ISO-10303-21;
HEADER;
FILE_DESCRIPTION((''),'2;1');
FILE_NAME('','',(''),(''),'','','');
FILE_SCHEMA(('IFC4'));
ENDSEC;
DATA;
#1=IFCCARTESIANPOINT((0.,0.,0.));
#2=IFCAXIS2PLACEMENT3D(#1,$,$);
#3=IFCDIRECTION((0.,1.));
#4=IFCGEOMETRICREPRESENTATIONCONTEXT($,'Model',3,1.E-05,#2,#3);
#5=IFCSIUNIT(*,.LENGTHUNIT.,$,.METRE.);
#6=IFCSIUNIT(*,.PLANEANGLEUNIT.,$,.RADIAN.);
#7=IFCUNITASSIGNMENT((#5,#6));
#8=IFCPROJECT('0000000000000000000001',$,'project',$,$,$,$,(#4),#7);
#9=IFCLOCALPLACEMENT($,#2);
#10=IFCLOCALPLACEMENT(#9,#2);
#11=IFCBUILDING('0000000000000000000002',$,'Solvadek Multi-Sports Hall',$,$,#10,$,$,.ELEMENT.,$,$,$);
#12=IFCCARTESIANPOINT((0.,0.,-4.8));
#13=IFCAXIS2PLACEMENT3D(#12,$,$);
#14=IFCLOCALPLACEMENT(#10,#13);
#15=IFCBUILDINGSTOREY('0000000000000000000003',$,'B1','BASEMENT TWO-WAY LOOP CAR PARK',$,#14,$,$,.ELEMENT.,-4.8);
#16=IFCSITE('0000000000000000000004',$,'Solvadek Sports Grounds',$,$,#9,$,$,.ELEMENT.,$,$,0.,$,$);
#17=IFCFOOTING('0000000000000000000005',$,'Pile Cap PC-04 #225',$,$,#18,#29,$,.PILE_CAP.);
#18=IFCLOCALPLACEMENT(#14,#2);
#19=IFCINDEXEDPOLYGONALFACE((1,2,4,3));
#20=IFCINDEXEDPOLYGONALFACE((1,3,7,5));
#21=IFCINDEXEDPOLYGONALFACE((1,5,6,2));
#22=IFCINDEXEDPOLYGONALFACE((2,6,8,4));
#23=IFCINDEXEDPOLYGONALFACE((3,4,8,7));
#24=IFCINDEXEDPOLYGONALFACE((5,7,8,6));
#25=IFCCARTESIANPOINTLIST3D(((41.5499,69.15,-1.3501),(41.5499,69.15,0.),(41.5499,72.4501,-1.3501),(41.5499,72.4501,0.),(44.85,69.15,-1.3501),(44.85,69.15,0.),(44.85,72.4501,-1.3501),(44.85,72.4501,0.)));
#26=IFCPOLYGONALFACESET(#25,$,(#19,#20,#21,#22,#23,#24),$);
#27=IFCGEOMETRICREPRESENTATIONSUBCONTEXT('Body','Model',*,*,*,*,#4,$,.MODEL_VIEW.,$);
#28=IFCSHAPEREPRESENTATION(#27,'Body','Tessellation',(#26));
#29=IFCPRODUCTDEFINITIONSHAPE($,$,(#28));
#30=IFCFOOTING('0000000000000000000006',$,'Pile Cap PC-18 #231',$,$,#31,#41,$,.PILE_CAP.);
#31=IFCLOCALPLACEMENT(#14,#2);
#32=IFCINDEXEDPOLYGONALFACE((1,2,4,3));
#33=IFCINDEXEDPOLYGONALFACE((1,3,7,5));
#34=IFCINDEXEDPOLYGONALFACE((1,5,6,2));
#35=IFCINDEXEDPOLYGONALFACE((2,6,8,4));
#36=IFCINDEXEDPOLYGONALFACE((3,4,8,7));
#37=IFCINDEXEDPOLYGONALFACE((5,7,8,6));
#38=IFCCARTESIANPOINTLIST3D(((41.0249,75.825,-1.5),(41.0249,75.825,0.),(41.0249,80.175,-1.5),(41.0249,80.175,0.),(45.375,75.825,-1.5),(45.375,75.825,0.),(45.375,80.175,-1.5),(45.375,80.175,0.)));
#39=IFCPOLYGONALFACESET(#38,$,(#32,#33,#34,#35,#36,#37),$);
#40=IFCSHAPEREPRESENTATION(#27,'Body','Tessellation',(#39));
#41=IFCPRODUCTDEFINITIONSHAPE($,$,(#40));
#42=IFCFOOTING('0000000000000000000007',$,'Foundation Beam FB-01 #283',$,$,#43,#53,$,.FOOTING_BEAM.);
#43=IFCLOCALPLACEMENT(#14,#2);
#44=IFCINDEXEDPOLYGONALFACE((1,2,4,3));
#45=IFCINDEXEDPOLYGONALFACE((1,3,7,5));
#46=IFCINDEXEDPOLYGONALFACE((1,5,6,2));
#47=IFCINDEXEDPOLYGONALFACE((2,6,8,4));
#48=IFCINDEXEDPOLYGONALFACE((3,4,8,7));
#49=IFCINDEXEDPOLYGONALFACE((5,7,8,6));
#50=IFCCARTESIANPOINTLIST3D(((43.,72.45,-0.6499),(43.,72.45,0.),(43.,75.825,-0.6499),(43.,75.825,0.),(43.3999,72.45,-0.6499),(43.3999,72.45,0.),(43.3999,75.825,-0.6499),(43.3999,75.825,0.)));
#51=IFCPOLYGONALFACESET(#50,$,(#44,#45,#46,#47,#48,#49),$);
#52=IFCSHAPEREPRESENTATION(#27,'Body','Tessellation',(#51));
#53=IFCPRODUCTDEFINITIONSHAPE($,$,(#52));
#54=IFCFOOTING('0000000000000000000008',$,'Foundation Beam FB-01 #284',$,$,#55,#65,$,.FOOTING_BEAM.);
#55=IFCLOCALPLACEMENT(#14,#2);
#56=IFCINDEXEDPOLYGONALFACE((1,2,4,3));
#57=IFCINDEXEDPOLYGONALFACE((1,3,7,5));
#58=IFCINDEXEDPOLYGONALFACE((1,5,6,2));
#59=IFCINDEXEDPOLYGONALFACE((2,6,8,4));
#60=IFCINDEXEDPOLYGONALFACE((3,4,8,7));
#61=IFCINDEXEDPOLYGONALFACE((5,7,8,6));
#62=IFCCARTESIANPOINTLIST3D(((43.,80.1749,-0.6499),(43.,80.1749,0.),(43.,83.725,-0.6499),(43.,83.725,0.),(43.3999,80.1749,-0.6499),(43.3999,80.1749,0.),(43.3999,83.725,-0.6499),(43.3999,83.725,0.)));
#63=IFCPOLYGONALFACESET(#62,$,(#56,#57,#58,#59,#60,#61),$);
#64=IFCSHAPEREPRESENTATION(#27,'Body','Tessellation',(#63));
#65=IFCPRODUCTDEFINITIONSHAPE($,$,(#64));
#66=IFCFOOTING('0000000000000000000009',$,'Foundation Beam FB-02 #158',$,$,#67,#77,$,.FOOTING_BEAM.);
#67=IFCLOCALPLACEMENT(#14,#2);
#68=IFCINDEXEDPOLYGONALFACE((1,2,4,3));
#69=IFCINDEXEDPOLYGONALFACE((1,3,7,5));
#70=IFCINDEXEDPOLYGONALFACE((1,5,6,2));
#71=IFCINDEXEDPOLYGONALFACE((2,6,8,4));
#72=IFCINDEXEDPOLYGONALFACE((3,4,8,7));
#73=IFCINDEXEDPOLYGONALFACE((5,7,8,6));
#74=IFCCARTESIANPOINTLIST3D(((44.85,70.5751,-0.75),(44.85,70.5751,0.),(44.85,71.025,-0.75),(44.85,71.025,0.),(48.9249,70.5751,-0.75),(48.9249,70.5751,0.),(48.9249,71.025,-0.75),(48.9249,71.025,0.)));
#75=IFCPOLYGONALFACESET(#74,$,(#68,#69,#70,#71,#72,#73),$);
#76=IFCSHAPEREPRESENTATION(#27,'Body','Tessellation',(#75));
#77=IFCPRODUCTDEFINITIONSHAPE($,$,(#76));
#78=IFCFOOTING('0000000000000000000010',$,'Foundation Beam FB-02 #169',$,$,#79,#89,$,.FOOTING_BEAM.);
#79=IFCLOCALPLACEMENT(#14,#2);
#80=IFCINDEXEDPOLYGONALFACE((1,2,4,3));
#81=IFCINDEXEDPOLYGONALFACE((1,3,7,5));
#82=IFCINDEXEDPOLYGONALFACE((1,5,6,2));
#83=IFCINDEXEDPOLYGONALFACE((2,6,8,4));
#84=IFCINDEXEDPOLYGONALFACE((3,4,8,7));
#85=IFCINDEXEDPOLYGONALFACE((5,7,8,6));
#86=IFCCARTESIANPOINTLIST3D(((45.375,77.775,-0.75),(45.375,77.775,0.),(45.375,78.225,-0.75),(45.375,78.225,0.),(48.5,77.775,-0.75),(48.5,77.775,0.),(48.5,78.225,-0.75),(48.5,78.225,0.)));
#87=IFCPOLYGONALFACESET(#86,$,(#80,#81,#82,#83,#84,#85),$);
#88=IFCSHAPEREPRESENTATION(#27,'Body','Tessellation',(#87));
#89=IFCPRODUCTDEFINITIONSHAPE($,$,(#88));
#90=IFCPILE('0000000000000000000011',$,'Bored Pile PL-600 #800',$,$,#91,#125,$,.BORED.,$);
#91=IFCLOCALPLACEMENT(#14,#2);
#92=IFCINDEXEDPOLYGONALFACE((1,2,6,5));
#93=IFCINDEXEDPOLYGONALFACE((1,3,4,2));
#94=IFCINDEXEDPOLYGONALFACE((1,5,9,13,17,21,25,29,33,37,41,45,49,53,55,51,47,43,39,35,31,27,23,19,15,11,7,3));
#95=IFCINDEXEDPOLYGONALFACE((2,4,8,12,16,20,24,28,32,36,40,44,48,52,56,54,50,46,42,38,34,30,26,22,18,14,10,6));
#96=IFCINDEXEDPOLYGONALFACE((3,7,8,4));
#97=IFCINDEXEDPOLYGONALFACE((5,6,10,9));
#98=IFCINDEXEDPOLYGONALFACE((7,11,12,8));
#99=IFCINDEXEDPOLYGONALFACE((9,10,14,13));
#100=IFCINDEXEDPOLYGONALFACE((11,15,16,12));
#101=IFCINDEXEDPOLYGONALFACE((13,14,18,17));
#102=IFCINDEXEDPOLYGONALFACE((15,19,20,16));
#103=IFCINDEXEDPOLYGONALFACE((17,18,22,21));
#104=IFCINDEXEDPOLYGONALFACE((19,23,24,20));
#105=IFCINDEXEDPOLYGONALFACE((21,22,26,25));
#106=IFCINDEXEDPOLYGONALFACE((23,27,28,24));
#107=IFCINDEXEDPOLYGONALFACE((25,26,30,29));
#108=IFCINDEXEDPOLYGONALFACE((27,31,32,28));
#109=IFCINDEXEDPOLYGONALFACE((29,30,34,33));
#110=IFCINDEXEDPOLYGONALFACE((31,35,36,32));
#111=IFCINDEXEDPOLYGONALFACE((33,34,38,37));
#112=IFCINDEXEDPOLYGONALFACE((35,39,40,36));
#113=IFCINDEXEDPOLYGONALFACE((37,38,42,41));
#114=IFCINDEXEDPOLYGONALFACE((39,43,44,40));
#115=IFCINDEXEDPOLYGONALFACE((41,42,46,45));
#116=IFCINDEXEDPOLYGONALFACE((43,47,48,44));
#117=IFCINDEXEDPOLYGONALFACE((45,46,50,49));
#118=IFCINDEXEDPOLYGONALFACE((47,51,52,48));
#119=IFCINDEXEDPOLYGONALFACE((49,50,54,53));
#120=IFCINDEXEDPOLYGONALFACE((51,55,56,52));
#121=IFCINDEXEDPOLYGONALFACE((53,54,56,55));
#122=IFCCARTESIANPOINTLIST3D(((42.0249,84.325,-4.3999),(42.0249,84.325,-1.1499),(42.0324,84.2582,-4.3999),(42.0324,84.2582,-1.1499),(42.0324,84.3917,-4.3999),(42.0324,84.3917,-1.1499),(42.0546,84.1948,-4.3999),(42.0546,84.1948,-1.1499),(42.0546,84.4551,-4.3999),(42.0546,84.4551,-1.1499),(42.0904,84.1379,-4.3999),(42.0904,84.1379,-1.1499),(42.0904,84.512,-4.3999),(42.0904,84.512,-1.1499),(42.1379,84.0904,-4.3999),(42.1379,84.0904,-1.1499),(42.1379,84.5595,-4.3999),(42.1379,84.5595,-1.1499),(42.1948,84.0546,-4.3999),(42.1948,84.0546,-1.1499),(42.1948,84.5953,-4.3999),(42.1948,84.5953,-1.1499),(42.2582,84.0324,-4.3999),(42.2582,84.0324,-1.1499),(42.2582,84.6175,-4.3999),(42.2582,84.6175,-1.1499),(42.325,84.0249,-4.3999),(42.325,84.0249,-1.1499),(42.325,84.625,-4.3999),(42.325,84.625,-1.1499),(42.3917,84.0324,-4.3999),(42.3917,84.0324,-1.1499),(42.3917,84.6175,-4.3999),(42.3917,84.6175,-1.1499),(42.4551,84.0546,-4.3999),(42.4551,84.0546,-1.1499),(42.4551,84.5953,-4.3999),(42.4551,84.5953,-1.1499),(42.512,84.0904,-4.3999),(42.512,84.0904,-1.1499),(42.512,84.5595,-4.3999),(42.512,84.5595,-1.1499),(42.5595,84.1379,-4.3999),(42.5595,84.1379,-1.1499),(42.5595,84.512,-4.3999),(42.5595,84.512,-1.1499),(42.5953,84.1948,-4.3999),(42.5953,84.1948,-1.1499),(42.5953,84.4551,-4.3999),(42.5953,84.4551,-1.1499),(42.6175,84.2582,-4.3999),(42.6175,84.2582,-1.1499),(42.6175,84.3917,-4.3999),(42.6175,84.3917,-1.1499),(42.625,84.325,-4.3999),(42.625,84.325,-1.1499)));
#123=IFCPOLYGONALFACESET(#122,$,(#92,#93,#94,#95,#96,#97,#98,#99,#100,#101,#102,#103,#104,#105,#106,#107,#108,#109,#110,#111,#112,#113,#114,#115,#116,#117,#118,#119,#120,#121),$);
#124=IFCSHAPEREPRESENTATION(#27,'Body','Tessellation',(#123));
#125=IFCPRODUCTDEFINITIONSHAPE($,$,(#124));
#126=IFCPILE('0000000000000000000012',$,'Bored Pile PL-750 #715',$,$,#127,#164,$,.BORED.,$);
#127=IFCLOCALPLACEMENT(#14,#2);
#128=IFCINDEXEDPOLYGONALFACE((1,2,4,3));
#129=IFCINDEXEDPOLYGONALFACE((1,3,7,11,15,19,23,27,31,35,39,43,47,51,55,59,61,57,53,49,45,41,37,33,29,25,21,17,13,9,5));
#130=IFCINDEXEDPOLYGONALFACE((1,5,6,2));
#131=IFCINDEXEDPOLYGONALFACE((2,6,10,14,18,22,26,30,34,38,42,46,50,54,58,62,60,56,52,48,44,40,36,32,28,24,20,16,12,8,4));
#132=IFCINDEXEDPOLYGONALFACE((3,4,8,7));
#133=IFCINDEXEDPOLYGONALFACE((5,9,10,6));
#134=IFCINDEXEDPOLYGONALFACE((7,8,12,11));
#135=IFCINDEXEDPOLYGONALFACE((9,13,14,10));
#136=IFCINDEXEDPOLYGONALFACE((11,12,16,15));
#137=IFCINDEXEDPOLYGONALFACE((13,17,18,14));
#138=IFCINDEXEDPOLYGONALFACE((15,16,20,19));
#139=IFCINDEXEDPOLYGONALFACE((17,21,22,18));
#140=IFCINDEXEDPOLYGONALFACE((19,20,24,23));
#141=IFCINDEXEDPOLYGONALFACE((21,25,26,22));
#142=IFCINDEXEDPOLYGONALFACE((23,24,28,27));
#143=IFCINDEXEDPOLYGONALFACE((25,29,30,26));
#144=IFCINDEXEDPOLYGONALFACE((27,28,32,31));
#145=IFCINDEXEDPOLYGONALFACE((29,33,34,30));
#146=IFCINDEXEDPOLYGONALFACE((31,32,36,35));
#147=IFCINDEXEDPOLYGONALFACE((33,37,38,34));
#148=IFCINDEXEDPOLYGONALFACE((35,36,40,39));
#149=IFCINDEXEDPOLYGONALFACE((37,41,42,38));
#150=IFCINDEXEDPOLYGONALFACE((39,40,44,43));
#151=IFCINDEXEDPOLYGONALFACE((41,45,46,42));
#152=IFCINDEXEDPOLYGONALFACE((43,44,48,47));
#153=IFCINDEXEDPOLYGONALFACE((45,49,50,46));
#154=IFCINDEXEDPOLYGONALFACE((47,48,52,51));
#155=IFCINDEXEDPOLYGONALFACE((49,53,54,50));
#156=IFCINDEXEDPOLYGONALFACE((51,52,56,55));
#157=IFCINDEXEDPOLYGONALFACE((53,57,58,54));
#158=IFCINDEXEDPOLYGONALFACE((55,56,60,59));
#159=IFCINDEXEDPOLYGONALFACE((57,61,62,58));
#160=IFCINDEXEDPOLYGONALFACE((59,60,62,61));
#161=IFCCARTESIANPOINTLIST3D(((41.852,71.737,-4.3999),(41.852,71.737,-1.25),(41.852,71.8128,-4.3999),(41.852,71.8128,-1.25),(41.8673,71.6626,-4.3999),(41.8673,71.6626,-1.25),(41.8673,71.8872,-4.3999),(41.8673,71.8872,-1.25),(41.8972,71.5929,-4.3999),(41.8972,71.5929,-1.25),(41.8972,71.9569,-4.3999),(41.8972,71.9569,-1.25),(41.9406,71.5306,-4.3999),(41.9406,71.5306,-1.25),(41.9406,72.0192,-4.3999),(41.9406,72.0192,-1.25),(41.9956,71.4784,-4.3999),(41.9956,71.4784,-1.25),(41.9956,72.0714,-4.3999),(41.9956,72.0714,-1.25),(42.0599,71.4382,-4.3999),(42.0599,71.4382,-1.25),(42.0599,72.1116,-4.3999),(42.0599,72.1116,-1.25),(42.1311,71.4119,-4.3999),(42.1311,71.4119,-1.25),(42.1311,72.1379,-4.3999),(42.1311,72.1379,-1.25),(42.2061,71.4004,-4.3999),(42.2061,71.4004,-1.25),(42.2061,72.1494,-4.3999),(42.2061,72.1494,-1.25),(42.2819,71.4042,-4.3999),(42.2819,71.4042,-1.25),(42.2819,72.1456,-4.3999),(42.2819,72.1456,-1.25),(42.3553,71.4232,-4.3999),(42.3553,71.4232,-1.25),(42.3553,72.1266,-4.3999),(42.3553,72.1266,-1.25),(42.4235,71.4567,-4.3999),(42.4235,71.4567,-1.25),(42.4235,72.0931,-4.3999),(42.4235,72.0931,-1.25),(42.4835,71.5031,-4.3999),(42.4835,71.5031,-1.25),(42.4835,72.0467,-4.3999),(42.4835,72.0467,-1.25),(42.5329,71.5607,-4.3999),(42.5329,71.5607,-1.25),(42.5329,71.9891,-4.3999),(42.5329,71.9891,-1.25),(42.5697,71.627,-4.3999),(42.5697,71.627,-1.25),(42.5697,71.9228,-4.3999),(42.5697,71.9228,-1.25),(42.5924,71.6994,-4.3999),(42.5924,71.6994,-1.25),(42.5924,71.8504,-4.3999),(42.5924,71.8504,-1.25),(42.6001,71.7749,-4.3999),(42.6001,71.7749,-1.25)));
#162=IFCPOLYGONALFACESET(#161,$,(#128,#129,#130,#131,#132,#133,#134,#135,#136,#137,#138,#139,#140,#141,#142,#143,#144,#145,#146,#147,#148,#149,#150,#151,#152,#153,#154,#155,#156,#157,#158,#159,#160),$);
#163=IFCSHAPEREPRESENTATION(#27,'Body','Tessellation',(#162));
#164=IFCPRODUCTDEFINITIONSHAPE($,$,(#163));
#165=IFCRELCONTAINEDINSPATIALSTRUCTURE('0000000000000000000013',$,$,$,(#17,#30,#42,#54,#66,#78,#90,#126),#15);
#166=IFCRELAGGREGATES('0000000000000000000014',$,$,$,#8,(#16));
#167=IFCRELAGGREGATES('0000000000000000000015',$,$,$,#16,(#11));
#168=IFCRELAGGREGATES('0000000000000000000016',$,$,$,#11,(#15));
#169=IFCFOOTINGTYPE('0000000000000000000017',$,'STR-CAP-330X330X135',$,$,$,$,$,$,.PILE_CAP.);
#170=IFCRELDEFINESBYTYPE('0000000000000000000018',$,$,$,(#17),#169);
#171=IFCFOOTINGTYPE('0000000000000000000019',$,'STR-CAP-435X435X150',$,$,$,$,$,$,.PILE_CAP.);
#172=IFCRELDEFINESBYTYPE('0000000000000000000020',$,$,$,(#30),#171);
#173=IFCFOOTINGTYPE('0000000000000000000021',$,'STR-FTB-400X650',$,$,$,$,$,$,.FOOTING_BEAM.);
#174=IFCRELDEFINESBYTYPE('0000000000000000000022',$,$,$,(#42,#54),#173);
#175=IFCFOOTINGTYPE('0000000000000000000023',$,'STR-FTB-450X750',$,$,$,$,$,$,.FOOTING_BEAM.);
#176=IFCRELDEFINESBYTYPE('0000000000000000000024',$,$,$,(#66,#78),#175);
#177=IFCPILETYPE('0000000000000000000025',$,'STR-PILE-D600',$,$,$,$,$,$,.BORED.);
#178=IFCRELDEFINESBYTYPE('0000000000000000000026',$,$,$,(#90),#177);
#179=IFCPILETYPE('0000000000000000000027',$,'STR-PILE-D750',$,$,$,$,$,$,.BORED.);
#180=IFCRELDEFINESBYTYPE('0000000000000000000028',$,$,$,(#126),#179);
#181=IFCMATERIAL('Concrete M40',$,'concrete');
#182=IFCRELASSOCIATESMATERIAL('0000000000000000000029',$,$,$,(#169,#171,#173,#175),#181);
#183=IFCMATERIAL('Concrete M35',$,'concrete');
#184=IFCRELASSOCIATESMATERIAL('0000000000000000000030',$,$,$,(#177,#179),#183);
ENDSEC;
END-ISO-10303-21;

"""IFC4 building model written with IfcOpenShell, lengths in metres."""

from ifc_helpers import new_model, si_unit, direction, frame, origin, origin_2d, place, context, subcontext, project, spatial, rectangle, circle, extrude, material, material_profile, profile_set, type_object, element, save


model = new_model("IFC4")

# Units and contexts
model_context = context("Model", 3, precision=1e-05, world=origin(), true_north=direction((0.0, 1.0)))
body_context = subcontext(model_context, "Body", "Model", "MODEL_VIEW")
ifc_project = project(units=[si_unit("LENGTHUNIT", "METRE"), si_unit("PLANEANGLEUNIT", "RADIAN")], contexts=[model_context])

# Site, building, storey
site_placement = place(None, origin())
site = spatial("IfcSite", under=ifc_project, at=site_placement, Name="Solvadek Sports Grounds", CompositionType="ELEMENT", RefElevation=0.0)
building_placement = place(site_placement, origin())
building = spatial("IfcBuilding", under=site, at=building_placement, Name="Solvadek Multi-Sports Hall", CompositionType="ELEMENT")
storey_placement = place(building_placement, frame((0.0, 0.0, -4.8)))
storey = spatial("IfcBuildingStorey", under=building, at=storey_placement, Name="B1", Description="BASEMENT TWO-WAY LOOP CAR PARK", CompositionType="ELEMENT", Elevation=-4.8)

# Footings
ifc_material_1 = material(Name="Concrete M40", Category="concrete")
footing_type_1 = type_object("IfcFootingType", Name="STR-CAP-330X330X135", PredefinedType="PILE_CAP", material=ifc_material_1)
footing_1_placement = place(storey_placement, frame((43.2, 70.8, -1.3501), z_axis=(0.0, 0.0, 1.0), x_axis=(1.0, 0.0, 0.0)))
element("IfcFooting", 1, at=footing_1_placement, inside=storey, type_object=footing_type_1, Name="Pile Cap PC-04 #225", PredefinedType="PILE_CAP", context=body_context, shape_type="SweptSolid", body=[
    extrude(rectangle(XDim=3.3, YDim=3.3, at=origin_2d()), origin(), (0.0, 0.0, 1.0), 1.3501),
])
footing_type_2 = type_object("IfcFootingType", Name="STR-CAP-435X435X150", PredefinedType="PILE_CAP", material=ifc_material_1)
footing_2_placement = place(storey_placement, frame((43.2, 78.0, -1.5), z_axis=(0.0, 0.0, 1.0), x_axis=(1.0, 0.0, 0.0)))
element("IfcFooting", 2, at=footing_2_placement, inside=storey, type_object=footing_type_2, Name="Pile Cap PC-18 #231", PredefinedType="PILE_CAP", context=body_context, shape_type="SweptSolid", body=[
    extrude(rectangle(XDim=4.3501, YDim=4.3501, at=origin_2d()), origin(), (0.0, 0.0, 1.0), 1.5),
])
footing_type_3 = type_object("IfcFootingType", Name="STR-FTB-400X650", PredefinedType="FOOTING_BEAM", material=ifc_material_1)
footing_3_placement = place(storey_placement, frame((43.2, 74.1375, -0.6499), z_axis=(0.0, 0.0, 1.0), x_axis=(0.0, 1.0, 0.0)))
element("IfcFooting", 3, at=footing_3_placement, inside=storey, type_object=footing_type_3, Name="Foundation Beam FB-01 #283", PredefinedType="FOOTING_BEAM", context=body_context, shape_type="SweptSolid", body=[
    extrude(rectangle(XDim=3.375, YDim=0.3999, at=origin_2d()), origin(), (0.0, 0.0, 1.0), 0.6499),
])
footing_4_placement = place(storey_placement, frame((43.2, 81.95, -0.6499), z_axis=(0.0, 0.0, 1.0), x_axis=(0.0, 1.0, 0.0)))
element("IfcFooting", 4, at=footing_4_placement, inside=storey, type_object=footing_type_3, Name="Foundation Beam FB-01 #284", PredefinedType="FOOTING_BEAM", context=body_context, shape_type="SweptSolid", body=[
    extrude(rectangle(XDim=3.55, YDim=0.3999, at=origin_2d()), origin(), (0.0, 0.0, 1.0), 0.6499),
])
footing_type_4 = type_object("IfcFootingType", Name="STR-FTB-450X750", PredefinedType="FOOTING_BEAM", material=ifc_material_1)
footing_5_placement = place(storey_placement, frame((46.8875, 70.8, -0.75), z_axis=(0.0, 0.0, 1.0), x_axis=(1.0, 0.0, 0.0)))
element("IfcFooting", 5, at=footing_5_placement, inside=storey, type_object=footing_type_4, Name="Foundation Beam FB-02 #158", PredefinedType="FOOTING_BEAM", context=body_context, shape_type="SweptSolid", body=[
    extrude(rectangle(XDim=4.075, YDim=0.45, at=origin_2d()), origin(), (0.0, 0.0, 1.0), 0.75),
])
footing_6_placement = place(storey_placement, frame((46.9375, 78.0, -0.75), z_axis=(0.0, 0.0, 1.0), x_axis=(1.0, 0.0, 0.0)))
element("IfcFooting", 6, at=footing_6_placement, inside=storey, type_object=footing_type_4, Name="Foundation Beam FB-02 #169", PredefinedType="FOOTING_BEAM", context=body_context, shape_type="SweptSolid", body=[
    extrude(rectangle(XDim=3.125, YDim=0.45, at=origin_2d()), origin(), (0.0, 0.0, 1.0), 0.75),
])

# Piles
ifc_material_2 = material(Name="Concrete M35", Category="concrete")
ifc_material_profile_1 = material_profile(ifc_material_2, circle(Radius=0.3, at=origin_2d()), Name="BORED PILE D600")
ifc_profile_set_1 = profile_set([ifc_material_profile_1], Name="Concrete M35")
pile_type_1 = type_object("IfcPileType", Name="STR-PILE-D600", PredefinedType="BORED", material=ifc_profile_set_1)
pile_1_placement = place(storey_placement, frame((42.325, 84.325, -1.1499), z_axis=(0.0, 0.0, -1.0), x_axis=(1.0, 0.0, 0.0)))
element("IfcPile", 7, at=pile_1_placement, inside=storey, type_object=pile_type_1, Name="Bored Pile PL-600 #800", PredefinedType="BORED", context=body_context, shape_type="SweptSolid", body=[
    extrude(circle(Radius=0.3, at=origin_2d()), origin(), (0.0, 0.0, 1.0), 3.25),
])
ifc_material_profile_2 = material_profile(ifc_material_2, circle(Radius=0.375, at=origin_2d()), Name="BORED PILE D750")
ifc_profile_set_2 = profile_set([ifc_material_profile_2], Name="Concrete M35")
pile_type_2 = type_object("IfcPileType", Name="STR-PILE-D750", PredefinedType="BORED", material=ifc_profile_set_2)
for number, where, z_axis, x_axis, name in (
    (8, (42.2251, 71.7749, -1.25), (0.0, 0.0, -1.0), (1.0, 0.0, 0.0), "Bored Pile PL-750 #715"),
):
    element("IfcPile", number, at=place(storey_placement, frame(where, z_axis=z_axis, x_axis=x_axis)), inside=storey, type_object=pile_type_2, Name=name, PredefinedType="BORED", context=body_context, shape_type="SweptSolid", body=[
        extrude(circle(Radius=0.375, at=origin_2d()), origin(), (0.0, 0.0, 1.0), 3.1499),
    ])

save(model, "model.ifc")
